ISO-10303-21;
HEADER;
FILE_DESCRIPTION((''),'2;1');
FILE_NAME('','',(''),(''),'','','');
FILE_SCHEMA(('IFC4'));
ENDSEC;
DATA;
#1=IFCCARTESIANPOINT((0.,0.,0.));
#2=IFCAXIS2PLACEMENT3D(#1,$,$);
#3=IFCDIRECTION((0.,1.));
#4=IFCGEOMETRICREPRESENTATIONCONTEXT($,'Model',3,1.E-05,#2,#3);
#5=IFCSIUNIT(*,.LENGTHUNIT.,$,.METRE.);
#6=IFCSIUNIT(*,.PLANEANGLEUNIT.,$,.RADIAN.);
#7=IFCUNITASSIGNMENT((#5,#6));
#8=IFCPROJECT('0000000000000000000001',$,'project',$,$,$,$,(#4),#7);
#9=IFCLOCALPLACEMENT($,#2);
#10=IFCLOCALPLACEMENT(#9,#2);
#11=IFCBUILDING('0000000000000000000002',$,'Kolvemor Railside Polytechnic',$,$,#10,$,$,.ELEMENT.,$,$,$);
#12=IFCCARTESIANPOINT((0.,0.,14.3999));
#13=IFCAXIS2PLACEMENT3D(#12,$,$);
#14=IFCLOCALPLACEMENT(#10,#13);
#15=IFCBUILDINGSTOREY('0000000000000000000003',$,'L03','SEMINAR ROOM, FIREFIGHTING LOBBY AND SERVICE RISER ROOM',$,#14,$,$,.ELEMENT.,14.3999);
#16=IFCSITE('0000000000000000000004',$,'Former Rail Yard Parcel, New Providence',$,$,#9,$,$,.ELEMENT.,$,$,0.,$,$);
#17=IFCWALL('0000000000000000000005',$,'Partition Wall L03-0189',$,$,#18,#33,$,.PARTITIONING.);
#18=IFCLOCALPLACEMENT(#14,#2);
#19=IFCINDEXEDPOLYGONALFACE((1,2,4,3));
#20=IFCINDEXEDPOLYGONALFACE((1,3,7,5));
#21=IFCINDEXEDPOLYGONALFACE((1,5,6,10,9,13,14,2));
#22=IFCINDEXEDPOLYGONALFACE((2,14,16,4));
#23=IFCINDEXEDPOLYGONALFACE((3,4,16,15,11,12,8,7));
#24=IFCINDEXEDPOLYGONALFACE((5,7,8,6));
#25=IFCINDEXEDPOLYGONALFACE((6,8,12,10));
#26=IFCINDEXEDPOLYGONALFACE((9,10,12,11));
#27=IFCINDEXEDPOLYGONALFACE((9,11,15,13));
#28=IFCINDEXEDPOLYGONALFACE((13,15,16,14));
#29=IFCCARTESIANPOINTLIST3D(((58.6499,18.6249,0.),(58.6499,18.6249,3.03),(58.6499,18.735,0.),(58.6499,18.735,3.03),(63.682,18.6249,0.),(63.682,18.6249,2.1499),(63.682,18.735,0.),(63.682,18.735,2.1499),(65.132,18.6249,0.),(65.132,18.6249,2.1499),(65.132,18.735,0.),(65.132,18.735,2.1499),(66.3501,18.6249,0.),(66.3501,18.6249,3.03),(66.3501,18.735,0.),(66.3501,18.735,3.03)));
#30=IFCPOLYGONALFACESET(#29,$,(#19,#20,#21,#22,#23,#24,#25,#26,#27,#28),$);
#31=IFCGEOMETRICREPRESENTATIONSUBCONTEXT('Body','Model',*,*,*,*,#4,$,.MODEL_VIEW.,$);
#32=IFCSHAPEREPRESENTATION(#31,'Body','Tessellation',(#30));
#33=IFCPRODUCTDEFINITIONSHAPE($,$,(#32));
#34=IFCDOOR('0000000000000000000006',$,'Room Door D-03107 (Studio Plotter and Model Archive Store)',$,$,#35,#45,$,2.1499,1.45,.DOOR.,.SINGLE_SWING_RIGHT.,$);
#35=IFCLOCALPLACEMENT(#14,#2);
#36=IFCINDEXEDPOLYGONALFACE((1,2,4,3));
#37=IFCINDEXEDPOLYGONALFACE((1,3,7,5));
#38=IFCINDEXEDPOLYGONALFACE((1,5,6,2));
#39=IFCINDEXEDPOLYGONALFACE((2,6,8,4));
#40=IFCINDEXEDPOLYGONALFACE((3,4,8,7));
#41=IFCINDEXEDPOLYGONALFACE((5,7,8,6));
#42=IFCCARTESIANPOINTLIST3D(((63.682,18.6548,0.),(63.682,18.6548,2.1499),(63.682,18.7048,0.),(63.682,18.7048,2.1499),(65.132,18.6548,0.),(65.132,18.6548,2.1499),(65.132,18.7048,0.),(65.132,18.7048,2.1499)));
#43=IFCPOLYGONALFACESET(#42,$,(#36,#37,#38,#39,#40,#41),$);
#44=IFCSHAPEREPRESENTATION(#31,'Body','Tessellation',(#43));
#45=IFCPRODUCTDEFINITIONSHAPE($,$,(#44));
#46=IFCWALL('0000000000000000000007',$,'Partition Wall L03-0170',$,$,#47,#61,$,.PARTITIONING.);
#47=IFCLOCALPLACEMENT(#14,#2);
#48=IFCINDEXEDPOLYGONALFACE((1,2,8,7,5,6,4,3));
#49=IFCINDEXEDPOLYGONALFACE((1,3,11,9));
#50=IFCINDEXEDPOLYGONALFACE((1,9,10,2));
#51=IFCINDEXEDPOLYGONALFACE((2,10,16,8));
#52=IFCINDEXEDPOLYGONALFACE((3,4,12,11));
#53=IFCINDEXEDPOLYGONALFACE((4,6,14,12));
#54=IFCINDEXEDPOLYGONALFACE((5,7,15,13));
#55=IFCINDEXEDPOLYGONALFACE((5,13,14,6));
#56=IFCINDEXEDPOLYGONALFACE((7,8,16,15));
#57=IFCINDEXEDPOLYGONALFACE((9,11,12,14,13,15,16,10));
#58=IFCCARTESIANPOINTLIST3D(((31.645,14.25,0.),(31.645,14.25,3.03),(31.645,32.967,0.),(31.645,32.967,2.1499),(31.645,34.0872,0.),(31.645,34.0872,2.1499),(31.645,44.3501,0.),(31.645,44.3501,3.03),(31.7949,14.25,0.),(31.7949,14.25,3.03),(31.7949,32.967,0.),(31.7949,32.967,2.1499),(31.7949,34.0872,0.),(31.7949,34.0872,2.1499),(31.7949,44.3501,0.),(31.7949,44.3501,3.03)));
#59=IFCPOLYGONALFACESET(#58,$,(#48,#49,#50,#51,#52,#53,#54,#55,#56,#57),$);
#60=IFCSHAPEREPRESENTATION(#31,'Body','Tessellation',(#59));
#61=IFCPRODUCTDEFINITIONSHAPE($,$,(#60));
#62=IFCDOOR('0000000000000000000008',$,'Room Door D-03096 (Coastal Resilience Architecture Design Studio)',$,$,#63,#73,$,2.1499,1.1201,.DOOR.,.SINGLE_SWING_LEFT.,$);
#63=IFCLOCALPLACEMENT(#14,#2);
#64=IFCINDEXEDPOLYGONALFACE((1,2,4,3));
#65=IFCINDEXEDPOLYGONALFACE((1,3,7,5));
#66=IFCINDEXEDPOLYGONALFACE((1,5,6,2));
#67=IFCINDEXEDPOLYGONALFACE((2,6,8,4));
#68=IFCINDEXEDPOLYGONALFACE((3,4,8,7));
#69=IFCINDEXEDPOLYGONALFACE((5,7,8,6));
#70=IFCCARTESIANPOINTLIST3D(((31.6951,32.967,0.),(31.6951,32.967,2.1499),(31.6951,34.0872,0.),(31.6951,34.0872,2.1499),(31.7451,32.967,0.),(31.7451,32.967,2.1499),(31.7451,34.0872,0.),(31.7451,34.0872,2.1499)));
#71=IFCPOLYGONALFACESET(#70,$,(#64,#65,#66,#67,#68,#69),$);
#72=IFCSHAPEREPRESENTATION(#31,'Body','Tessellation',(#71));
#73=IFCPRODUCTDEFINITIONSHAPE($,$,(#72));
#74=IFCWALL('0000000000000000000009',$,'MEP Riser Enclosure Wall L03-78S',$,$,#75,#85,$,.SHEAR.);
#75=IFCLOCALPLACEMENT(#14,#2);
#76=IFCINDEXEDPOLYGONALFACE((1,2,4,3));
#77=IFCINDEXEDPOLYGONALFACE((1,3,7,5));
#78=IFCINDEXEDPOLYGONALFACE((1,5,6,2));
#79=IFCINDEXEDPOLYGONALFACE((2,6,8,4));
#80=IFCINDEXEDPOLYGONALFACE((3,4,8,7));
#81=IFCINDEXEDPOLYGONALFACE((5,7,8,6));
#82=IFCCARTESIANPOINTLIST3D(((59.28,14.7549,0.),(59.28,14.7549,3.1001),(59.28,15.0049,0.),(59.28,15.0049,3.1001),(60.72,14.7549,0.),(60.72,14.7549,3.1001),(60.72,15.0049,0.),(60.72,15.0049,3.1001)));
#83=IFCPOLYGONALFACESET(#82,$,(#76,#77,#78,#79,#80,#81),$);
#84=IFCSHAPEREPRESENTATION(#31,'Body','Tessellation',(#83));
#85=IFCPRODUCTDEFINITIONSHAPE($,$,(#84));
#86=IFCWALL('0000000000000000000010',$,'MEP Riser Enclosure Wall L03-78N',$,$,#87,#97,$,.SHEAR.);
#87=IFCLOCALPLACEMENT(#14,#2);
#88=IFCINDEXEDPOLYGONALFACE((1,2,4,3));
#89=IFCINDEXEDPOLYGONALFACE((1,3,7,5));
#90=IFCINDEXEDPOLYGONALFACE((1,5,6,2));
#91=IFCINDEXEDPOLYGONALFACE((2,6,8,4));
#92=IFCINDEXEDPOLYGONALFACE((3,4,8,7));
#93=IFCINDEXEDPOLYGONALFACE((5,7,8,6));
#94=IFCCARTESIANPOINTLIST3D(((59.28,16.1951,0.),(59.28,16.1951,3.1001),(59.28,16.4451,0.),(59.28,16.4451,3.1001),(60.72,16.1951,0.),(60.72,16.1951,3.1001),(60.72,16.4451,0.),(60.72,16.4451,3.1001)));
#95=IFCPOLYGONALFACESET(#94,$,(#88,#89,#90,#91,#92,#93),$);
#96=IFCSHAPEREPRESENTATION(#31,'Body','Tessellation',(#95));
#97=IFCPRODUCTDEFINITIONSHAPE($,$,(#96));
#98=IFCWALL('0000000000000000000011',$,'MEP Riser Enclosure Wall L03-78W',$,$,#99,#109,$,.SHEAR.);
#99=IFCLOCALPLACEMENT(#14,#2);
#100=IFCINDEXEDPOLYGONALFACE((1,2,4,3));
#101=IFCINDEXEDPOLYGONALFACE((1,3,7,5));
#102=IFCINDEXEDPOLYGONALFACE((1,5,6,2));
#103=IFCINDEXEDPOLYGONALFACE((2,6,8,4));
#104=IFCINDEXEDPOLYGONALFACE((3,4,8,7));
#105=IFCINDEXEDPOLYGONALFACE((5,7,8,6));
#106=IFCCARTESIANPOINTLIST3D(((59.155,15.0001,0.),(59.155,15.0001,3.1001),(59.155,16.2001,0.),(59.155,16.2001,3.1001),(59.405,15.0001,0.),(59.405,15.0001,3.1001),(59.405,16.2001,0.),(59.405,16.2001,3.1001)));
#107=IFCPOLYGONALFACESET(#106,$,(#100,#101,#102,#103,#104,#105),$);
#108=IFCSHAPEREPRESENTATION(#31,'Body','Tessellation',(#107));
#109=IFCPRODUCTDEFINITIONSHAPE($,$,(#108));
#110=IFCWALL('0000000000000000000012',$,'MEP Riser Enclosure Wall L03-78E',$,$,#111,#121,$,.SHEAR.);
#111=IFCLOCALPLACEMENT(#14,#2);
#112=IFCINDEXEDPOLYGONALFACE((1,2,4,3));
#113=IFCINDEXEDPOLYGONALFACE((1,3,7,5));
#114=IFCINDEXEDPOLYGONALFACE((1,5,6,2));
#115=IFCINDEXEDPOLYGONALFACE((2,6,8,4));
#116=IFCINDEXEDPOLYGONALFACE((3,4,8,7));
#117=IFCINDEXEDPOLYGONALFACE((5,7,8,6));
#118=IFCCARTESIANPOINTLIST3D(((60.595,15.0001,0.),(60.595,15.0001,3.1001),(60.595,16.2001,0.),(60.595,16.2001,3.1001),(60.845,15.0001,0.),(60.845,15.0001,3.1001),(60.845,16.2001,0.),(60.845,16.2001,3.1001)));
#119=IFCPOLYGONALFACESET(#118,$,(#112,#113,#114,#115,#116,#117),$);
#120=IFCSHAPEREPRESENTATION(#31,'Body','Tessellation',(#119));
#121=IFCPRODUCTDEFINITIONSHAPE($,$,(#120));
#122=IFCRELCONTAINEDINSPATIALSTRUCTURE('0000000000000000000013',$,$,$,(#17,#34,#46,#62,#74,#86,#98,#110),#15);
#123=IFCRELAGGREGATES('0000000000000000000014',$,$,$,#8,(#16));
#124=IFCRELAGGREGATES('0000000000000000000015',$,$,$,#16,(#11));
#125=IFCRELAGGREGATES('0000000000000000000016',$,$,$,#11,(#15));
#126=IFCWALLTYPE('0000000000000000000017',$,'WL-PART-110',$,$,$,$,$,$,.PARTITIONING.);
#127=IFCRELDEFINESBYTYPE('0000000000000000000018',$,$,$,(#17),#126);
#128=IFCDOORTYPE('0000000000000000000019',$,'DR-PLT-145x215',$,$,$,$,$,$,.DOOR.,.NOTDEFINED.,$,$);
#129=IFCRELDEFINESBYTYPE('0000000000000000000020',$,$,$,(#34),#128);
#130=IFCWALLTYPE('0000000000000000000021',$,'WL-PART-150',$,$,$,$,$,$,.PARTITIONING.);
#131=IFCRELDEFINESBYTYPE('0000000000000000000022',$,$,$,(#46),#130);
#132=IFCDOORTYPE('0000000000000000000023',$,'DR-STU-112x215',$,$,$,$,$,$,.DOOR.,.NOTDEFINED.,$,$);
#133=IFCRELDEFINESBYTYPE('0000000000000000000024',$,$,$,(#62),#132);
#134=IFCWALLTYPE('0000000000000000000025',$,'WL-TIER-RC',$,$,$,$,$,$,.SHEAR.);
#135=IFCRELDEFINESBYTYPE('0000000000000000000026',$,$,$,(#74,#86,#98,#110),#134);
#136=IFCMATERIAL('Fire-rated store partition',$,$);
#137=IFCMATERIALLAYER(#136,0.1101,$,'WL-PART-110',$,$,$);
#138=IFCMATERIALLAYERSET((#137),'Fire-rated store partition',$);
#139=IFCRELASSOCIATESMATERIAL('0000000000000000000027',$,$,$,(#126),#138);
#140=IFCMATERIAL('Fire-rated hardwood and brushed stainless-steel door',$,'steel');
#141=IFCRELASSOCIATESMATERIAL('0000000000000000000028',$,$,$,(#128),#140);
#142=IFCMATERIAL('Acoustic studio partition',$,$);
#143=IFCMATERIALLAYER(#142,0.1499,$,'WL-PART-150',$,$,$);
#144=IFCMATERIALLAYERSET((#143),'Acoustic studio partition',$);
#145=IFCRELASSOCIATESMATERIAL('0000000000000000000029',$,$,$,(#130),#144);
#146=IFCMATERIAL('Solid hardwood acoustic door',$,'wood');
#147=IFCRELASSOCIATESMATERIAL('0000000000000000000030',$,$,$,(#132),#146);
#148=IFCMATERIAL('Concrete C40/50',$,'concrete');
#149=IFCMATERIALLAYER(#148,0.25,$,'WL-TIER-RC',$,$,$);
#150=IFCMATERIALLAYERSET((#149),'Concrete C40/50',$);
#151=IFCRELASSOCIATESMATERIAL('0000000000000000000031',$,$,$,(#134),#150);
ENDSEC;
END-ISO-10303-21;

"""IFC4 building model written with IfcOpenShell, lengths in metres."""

from ifc_helpers import new_model, si_unit, direction, frame, frame_2d, origin, place, context, subcontext, project, spatial, rectangle, extrude, material, layer, layer_set, type_object, element, fill, save


model = new_model("IFC4")

# Units and contexts
model_context = context("Model", 3, precision=1e-05, world=origin(), true_north=direction((0.0, 1.0)))
body_context = subcontext(model_context, "Body", "Model", "MODEL_VIEW")
ifc_project = project(units=[si_unit("LENGTHUNIT", "METRE"), si_unit("PLANEANGLEUNIT", "RADIAN")], contexts=[model_context])

# Site, building, storey
site_placement = place(None, origin())
site = spatial("IfcSite", under=ifc_project, at=site_placement, Name="Former Rail Yard Parcel, New Providence", CompositionType="ELEMENT", RefElevation=0.0)
building_placement = place(site_placement, origin())
building = spatial("IfcBuilding", under=site, at=building_placement, Name="Kolvemor Railside Polytechnic", CompositionType="ELEMENT")
storey_placement = place(building_placement, frame((0.0, 0.0, 14.3999)))
storey = spatial("IfcBuildingStorey", under=building, at=storey_placement, Name="L03", Description="SEMINAR ROOM, FIREFIGHTING LOBBY AND SERVICE RISER ROOM", CompositionType="ELEMENT", Elevation=14.3999)

# Walls, openings, doors
ifc_material_1 = material(Name="Fire-rated store partition")
ifc_layer_1 = layer(ifc_material_1, 0.1101, Name="WL-PART-110")
ifc_layer_set_1 = layer_set([ifc_layer_1], Name="Fire-rated store partition")
wall_type_1 = type_object("IfcWallType", Name="WL-PART-110", PredefinedType="PARTITIONING", material=ifc_layer_set_1)
wall_1_placement = place(storey_placement, frame((58.6499, 18.6799, 0.0), z_axis=(0.0, 0.0, 1.0), x_axis=(1.0, 0.0, 0.0)))
wall_1 = element("IfcWall", 1, at=wall_1_placement, inside=storey, type_object=wall_type_1, Name="Partition Wall L03-0189", PredefinedType="PARTITIONING", context=body_context, shape_type="SweptSolid", body=[
    extrude(rectangle(XDim=7.7002, YDim=0.1101, at=frame_2d((3.8501, 0.0))), origin(), (0.0, 0.0, 1.0), 3.03),
])
opening_1_placement = place(wall_1_placement, frame((5.032, 0.0, 0.0)))
opening_1 = element("IfcOpeningElement", 2, at=opening_1_placement, cuts=wall_1, PredefinedType="OPENING", context=body_context, shape_type="SweptSolid", body=[
    extrude(rectangle(XDim=1.45, YDim=2.1499, at=frame_2d((0.7251, 1.075))), frame((0.0, 0.0649, 0.0), z_axis=(0.0, -1.0, 0.0), x_axis=(1.0, 0.0, 0.0)), (0.0, 0.0, 1.0), 0.1301),
])
ifc_material_2 = material(Name="Fire-rated hardwood and brushed stainless-steel door", Category="steel")
door_type_1 = type_object("IfcDoorType", Name="DR-PLT-145x215", OperationType="NOTDEFINED", PredefinedType="DOOR", material=ifc_material_2)
door_1_placement = place(opening_1_placement, origin())
door_1 = element("IfcDoor", 3, at=door_1_placement, inside=storey, type_object=door_type_1, Name="Room Door D-03107 (Studio Plotter and Model Archive Store)", OperationType="SINGLE_SWING_RIGHT", OverallHeight=2.1499, OverallWidth=1.45, PredefinedType="DOOR", context=body_context, shape_type="SweptSolid", body=[
    extrude(rectangle(XDim=1.45, YDim=2.1499, at=frame_2d((0.7251, 1.075))), frame((0.0, 0.0249, 0.0), z_axis=(0.0, -1.0, 0.0), x_axis=(1.0, 0.0, 0.0)), (0.0, 0.0, 1.0), 0.05),
])
fill(opening_1, door_1)
ifc_material_3 = material(Name="Acoustic studio partition")
ifc_layer_2 = layer(ifc_material_3, 0.1499, Name="WL-PART-150")
ifc_layer_set_2 = layer_set([ifc_layer_2], Name="Acoustic studio partition")
wall_type_2 = type_object("IfcWallType", Name="WL-PART-150", PredefinedType="PARTITIONING", material=ifc_layer_set_2)
wall_2_placement = place(storey_placement, frame((31.72, 14.25, 0.0), z_axis=(0.0, 0.0, 1.0), x_axis=(0.0, 1.0, 0.0)))
wall_2 = element("IfcWall", 4, at=wall_2_placement, inside=storey, type_object=wall_type_2, Name="Partition Wall L03-0170", PredefinedType="PARTITIONING", context=body_context, shape_type="SweptSolid", body=[
    extrude(rectangle(XDim=30.1001, YDim=0.1499, at=frame_2d((15.05, 0.0))), origin(), (0.0, 0.0, 1.0), 3.03),
])
opening_2_placement = place(wall_2_placement, frame((18.717, 0.0, 0.0)))
opening_2 = element("IfcOpeningElement", 5, at=opening_2_placement, cuts=wall_2, PredefinedType="OPENING", context=body_context, shape_type="SweptSolid", body=[
    extrude(rectangle(XDim=1.1201, YDim=2.1499, at=frame_2d((0.5601, 1.075))), frame((0.0, 0.085, 0.0), z_axis=(0.0, -1.0, 0.0), x_axis=(1.0, 0.0, 0.0)), (0.0, 0.0, 1.0), 0.1699),
])
ifc_material_4 = material(Name="Solid hardwood acoustic door", Category="wood")
door_type_2 = type_object("IfcDoorType", Name="DR-STU-112x215", OperationType="NOTDEFINED", PredefinedType="DOOR", material=ifc_material_4)
door_2_placement = place(opening_2_placement, origin())
door_2 = element("IfcDoor", 6, at=door_2_placement, inside=storey, type_object=door_type_2, Name="Room Door D-03096 (Coastal Resilience Architecture Design Studio)", OperationType="SINGLE_SWING_LEFT", OverallHeight=2.1499, OverallWidth=1.1201, PredefinedType="DOOR", context=body_context, shape_type="SweptSolid", body=[
    extrude(rectangle(XDim=1.1201, YDim=2.1499, at=frame_2d((0.5601, 1.075))), frame((0.0, 0.0249, 0.0), z_axis=(0.0, -1.0, 0.0), x_axis=(1.0, 0.0, 0.0)), (0.0, 0.0, 1.0), 0.05),
])
fill(opening_2, door_2)

# Walls
ifc_material_5 = material(Name="Concrete C40/50", Category="concrete")
ifc_layer_3 = layer(ifc_material_5, 0.25, Name="WL-TIER-RC")
ifc_layer_set_3 = layer_set([ifc_layer_3], Name="Concrete C40/50")
wall_type_3 = type_object("IfcWallType", Name="WL-TIER-RC", PredefinedType="SHEAR", material=ifc_layer_set_3)
for number, where, z_axis, x_axis, name in (
    (7, (59.28, 14.8799, 0.0), (0.0, 0.0, 1.0), (1.0, 0.0, 0.0), "MEP Riser Enclosure Wall L03-78S"),
    (8, (59.28, 16.3201, 0.0), (0.0, 0.0, 1.0), (1.0, 0.0, 0.0), "MEP Riser Enclosure Wall L03-78N"),
):
    element("IfcWall", number, at=place(storey_placement, frame(where, z_axis=z_axis, x_axis=x_axis)), inside=storey, type_object=wall_type_3, Name=name, PredefinedType="SHEAR", context=body_context, shape_type="SweptSolid", body=[
        extrude(rectangle(XDim=1.4399, YDim=0.25, at=frame_2d((0.72, 0.0))), origin(), (0.0, 0.0, 1.0), 3.1001),
    ])
for number, where, z_axis, x_axis, name in (
    (9, (59.28, 15.0, 0.0), (0.0, 0.0, 1.0), (0.0, 1.0, 0.0), "MEP Riser Enclosure Wall L03-78W"),
    (10, (60.72, 15.0, 0.0), (0.0, 0.0, 1.0), (0.0, 1.0, 0.0), "MEP Riser Enclosure Wall L03-78E"),
):
    element("IfcWall", number, at=place(storey_placement, frame(where, z_axis=z_axis, x_axis=x_axis)), inside=storey, type_object=wall_type_3, Name=name, PredefinedType="SHEAR", context=body_context, shape_type="SweptSolid", body=[
        extrude(rectangle(XDim=1.2, YDim=0.25, at=frame_2d((0.6001, 0.0))), origin(), (0.0, 0.0, 1.0), 3.1001),
    ])

save(model, "model.ifc")
